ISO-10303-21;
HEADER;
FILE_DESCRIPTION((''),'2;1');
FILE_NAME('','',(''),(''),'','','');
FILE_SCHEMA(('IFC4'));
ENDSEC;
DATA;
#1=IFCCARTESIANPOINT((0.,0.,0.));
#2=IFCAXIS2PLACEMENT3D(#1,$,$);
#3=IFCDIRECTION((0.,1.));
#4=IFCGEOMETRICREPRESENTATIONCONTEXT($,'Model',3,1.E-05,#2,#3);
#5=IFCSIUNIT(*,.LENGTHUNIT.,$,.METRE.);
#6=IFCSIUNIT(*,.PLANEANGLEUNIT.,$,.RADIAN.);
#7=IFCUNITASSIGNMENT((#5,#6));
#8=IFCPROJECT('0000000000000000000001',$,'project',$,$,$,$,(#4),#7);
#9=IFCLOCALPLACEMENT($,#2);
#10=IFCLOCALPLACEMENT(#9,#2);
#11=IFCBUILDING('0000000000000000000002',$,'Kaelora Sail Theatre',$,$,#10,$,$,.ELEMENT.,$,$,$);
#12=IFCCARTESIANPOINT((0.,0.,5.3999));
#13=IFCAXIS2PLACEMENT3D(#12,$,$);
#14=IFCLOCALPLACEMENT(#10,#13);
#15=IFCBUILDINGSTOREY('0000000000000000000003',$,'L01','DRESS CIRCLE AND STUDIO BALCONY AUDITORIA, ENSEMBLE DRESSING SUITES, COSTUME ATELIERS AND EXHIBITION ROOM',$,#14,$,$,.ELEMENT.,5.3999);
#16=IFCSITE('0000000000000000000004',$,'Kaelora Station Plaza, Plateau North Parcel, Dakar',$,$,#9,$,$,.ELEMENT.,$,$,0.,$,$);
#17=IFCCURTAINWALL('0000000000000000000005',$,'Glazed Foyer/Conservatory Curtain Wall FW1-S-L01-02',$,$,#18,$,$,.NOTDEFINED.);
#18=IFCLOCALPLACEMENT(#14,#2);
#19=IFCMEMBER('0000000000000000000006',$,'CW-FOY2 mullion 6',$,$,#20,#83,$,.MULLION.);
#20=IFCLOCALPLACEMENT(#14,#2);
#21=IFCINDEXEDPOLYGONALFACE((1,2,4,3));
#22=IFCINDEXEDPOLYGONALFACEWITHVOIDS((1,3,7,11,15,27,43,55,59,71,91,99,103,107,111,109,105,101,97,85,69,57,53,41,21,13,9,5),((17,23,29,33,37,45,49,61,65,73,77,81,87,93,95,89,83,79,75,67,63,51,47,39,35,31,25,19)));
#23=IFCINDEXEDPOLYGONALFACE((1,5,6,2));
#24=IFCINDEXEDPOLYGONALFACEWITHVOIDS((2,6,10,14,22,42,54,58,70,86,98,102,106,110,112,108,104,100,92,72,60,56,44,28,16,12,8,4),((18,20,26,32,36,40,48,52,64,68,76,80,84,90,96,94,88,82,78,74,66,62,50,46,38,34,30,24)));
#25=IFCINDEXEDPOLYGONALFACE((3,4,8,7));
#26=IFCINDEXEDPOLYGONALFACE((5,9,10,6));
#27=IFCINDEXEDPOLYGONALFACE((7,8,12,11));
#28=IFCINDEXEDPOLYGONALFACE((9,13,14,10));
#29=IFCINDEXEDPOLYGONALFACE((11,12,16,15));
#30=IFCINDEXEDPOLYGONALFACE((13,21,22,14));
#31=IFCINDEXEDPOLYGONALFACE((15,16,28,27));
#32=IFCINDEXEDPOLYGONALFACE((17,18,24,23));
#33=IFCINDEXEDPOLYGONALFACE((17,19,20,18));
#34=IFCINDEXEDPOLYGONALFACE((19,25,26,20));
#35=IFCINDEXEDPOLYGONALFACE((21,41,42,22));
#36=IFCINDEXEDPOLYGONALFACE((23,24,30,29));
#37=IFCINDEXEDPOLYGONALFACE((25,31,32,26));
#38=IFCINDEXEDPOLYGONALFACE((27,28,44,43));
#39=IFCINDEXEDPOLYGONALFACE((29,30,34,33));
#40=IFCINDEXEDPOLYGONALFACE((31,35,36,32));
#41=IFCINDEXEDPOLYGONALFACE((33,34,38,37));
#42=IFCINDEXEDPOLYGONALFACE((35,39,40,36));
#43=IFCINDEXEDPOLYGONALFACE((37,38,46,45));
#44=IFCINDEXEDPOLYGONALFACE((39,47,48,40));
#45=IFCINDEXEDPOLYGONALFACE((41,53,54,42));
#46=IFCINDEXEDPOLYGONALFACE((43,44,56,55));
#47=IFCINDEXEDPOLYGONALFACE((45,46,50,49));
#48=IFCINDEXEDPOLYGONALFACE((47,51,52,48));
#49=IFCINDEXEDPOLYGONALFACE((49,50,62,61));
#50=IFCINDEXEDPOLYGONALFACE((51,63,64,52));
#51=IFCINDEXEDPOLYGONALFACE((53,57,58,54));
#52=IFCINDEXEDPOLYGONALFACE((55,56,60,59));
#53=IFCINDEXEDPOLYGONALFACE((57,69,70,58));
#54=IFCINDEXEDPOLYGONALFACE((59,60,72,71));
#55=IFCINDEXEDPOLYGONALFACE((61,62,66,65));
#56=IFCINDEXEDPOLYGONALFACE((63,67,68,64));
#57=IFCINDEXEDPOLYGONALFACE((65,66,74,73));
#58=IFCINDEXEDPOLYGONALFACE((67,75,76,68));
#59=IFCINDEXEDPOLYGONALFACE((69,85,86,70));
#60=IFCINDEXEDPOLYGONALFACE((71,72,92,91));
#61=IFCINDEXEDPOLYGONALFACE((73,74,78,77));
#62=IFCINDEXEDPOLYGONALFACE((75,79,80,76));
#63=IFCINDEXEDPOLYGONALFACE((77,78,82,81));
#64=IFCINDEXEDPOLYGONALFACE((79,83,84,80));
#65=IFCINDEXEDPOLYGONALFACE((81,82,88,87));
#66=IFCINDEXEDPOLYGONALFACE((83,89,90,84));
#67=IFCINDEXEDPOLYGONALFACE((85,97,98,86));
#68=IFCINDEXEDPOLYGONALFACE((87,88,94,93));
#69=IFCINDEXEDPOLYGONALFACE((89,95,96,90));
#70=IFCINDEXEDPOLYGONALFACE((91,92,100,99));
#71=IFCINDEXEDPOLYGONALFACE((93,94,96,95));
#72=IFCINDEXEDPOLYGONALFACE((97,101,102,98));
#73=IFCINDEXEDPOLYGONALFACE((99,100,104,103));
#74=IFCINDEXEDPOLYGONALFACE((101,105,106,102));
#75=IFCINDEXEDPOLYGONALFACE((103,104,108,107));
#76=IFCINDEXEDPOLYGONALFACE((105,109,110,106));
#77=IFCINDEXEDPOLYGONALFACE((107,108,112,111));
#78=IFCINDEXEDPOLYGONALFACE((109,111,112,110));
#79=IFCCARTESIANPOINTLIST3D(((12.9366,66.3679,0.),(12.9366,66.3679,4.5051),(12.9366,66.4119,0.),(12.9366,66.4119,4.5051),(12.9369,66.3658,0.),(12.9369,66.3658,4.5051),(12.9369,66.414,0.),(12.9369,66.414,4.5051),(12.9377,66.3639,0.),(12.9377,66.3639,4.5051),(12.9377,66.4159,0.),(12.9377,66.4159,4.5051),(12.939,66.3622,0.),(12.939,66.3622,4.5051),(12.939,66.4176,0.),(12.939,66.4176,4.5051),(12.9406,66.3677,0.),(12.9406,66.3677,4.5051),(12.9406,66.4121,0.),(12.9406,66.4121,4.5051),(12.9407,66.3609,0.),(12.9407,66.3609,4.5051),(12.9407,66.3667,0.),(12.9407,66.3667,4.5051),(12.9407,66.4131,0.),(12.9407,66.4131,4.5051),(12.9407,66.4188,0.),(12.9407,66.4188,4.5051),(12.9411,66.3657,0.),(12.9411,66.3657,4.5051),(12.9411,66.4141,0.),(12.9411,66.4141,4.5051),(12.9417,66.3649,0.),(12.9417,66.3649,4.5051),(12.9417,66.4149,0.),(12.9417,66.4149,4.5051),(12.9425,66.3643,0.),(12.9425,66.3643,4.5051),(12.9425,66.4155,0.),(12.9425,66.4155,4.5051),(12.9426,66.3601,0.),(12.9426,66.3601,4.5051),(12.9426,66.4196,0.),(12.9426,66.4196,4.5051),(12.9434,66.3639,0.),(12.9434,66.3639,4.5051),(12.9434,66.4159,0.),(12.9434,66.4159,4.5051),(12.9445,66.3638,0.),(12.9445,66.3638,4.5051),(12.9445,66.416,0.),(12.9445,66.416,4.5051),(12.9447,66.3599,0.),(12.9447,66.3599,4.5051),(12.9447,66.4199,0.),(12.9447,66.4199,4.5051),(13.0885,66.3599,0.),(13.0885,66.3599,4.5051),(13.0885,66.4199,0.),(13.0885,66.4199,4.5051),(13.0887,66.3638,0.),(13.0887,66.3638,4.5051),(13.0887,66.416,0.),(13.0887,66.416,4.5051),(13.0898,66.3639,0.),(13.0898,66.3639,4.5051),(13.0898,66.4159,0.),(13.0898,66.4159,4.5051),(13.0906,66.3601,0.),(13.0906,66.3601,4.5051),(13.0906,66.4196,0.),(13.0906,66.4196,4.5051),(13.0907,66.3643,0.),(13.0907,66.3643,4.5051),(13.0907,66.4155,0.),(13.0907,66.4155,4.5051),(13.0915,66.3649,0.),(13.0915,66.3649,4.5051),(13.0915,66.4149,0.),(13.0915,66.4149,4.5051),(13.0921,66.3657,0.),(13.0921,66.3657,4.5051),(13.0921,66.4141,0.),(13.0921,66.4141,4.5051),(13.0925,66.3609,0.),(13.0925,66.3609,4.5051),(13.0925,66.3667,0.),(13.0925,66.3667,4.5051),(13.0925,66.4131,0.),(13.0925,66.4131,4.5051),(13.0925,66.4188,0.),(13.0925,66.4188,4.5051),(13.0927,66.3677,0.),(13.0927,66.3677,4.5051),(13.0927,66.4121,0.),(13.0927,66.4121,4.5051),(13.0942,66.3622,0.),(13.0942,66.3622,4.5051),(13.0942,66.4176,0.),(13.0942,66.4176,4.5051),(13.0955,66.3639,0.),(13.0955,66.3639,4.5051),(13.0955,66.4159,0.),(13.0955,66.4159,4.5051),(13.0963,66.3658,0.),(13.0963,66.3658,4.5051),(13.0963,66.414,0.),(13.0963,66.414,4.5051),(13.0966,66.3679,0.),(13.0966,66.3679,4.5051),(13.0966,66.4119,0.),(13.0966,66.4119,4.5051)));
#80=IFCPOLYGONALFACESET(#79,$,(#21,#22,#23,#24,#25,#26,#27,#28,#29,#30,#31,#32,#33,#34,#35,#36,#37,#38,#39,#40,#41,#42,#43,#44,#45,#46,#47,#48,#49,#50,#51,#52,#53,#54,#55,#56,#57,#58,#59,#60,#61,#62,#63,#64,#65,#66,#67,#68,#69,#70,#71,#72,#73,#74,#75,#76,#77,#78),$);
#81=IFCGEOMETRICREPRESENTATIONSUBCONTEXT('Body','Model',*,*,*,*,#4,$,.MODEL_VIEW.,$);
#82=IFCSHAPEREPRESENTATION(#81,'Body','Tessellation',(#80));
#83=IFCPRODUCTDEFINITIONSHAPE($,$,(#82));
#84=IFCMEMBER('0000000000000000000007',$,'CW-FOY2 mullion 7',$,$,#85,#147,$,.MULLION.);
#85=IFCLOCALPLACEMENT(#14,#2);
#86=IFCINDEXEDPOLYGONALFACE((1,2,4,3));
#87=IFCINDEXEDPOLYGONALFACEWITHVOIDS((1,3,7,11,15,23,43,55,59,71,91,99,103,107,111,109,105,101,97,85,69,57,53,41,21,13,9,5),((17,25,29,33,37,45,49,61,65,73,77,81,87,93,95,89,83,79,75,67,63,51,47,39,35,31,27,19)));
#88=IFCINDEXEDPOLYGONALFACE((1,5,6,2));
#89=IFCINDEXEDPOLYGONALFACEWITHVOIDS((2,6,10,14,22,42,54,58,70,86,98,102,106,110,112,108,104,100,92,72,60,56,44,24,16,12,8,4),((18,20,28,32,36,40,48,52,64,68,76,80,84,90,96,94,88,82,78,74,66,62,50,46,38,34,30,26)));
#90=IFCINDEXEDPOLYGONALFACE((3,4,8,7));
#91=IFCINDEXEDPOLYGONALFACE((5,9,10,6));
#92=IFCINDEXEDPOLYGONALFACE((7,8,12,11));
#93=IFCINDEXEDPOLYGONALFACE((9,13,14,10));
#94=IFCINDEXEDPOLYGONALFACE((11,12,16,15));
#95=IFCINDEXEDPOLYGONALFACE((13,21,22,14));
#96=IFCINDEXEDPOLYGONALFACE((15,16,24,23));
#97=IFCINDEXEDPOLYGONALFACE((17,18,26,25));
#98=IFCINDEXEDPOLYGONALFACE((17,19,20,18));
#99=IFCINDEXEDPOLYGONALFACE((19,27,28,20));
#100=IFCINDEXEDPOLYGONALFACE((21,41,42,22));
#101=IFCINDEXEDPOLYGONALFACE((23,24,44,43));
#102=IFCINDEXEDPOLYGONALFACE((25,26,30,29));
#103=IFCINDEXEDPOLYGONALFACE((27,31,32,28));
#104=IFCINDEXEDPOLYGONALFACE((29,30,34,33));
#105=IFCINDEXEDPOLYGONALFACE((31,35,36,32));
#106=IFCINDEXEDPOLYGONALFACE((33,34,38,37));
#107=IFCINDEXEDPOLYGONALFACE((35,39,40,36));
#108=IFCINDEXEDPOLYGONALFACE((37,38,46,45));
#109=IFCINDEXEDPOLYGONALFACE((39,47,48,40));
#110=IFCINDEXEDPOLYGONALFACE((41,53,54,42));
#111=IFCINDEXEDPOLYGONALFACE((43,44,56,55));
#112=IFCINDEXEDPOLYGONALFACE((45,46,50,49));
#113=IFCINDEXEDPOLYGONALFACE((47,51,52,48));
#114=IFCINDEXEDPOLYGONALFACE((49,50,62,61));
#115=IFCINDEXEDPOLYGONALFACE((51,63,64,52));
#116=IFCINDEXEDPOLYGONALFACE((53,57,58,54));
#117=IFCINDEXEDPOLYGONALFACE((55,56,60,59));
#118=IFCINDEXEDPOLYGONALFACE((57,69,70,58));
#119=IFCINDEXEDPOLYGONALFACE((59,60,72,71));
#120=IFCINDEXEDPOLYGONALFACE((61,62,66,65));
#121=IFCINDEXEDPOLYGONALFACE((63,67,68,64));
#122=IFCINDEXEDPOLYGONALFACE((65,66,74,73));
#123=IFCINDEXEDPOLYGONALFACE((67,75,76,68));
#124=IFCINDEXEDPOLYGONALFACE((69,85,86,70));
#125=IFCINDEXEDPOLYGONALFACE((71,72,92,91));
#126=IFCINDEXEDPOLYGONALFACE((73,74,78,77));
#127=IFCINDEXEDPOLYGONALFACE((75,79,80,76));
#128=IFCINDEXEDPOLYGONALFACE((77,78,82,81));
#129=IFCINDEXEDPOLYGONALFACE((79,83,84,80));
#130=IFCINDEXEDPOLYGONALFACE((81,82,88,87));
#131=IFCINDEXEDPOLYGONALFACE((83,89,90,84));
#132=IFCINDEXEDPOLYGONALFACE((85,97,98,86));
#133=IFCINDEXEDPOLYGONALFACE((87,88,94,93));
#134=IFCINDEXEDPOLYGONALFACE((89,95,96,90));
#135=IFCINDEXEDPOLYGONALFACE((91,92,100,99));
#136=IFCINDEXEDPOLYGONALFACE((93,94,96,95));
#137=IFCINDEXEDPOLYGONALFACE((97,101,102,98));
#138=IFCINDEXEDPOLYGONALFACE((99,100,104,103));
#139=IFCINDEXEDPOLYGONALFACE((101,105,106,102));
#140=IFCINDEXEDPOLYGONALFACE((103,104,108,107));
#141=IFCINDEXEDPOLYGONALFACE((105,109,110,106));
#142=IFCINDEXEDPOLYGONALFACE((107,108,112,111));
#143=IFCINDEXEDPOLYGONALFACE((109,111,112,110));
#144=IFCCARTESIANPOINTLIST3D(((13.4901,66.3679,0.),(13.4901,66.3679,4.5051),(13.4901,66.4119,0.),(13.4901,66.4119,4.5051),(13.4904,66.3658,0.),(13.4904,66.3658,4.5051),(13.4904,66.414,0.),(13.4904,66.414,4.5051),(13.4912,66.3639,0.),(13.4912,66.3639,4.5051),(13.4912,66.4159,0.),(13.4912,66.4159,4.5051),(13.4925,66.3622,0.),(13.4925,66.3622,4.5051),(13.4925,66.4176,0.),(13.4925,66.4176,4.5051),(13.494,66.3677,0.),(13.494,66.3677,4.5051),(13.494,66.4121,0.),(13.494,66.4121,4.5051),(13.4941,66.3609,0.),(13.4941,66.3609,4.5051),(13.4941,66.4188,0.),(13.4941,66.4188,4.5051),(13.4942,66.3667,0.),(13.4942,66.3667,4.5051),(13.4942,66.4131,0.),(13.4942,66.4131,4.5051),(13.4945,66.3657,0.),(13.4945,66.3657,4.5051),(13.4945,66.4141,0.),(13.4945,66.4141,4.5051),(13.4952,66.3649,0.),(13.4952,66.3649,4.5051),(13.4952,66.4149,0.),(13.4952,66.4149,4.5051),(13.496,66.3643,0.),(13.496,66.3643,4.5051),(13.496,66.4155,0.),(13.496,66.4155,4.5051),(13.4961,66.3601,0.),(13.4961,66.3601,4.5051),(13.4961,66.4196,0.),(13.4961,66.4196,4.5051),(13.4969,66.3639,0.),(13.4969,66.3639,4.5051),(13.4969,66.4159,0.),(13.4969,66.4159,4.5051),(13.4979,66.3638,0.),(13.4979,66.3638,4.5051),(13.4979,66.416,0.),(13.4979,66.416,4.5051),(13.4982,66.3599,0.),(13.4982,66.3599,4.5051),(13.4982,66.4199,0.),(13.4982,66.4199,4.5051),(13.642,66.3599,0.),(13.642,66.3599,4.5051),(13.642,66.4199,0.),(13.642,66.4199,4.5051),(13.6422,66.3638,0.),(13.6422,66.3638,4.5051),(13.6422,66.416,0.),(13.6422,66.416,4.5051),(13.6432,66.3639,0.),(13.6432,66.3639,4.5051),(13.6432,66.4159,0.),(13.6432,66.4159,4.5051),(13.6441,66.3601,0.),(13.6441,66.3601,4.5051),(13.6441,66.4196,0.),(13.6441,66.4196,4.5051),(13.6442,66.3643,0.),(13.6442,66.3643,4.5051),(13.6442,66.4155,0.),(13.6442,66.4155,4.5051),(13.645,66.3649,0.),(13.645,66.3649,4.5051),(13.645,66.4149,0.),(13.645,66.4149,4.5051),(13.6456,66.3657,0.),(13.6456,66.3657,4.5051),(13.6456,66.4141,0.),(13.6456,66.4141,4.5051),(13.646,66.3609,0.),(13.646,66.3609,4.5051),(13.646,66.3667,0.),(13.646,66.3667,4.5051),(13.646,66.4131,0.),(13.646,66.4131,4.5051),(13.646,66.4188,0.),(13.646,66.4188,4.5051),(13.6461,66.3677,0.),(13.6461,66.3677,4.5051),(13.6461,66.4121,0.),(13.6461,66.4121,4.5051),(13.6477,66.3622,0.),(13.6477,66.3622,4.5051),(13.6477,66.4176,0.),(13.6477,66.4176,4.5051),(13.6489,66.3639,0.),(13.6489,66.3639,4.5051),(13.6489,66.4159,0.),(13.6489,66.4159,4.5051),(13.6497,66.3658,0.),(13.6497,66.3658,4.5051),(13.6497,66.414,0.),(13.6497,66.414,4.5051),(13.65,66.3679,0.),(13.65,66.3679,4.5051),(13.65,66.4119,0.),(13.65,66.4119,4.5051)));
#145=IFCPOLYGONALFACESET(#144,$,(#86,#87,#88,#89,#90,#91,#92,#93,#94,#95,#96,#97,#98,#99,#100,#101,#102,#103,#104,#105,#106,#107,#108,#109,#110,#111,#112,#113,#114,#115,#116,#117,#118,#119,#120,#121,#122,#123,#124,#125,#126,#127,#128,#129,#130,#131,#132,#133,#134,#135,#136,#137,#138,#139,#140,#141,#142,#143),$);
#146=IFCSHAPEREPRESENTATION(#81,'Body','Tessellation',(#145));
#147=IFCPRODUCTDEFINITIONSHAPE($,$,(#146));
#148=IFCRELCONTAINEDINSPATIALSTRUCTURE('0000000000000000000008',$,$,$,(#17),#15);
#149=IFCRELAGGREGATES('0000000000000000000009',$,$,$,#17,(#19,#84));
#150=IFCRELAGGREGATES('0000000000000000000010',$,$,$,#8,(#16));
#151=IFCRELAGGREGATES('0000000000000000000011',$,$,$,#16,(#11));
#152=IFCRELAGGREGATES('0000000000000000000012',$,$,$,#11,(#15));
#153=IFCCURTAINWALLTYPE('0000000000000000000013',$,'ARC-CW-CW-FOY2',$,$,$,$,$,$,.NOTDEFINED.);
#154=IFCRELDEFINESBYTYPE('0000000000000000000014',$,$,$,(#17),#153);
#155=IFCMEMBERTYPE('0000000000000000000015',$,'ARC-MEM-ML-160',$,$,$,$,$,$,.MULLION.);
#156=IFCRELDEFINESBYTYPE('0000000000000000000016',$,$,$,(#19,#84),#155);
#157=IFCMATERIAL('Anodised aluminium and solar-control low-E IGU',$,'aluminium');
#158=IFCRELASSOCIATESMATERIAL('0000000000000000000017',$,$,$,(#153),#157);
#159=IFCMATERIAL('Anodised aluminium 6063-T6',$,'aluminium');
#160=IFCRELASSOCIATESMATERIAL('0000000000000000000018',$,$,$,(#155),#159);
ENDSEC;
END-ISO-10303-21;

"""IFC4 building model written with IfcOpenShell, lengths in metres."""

from ifc_helpers import new_model, si_unit, direction, frame, origin, origin_2d, place, context, subcontext, project, spatial, hollow_rectangle, extrude, material, material_profile, profile_set, type_object, element, aggregate, save


model = new_model("IFC4")

# Units and contexts
model_context = context("Model", 3, precision=1e-05, world=origin(), true_north=direction((0.0, 1.0)))
body_context = subcontext(model_context, "Body", "Model", "MODEL_VIEW")
ifc_project = project(units=[si_unit("LENGTHUNIT", "METRE"), si_unit("PLANEANGLEUNIT", "RADIAN")], contexts=[model_context])

# Site, building, storey
site_placement = place(None, origin())
site = spatial("IfcSite", under=ifc_project, at=site_placement, Name="Kaelora Station Plaza, Plateau North Parcel, Dakar", CompositionType="ELEMENT", RefElevation=0.0)
building_placement = place(site_placement, origin())
building = spatial("IfcBuilding", under=site, at=building_placement, Name="Kaelora Sail Theatre", CompositionType="ELEMENT")
storey_placement = place(building_placement, frame((0.0, 0.0, 5.3999)))
storey = spatial("IfcBuildingStorey", under=building, at=storey_placement, Name="L01", Description="DRESS CIRCLE AND STUDIO BALCONY AUDITORIA, ENSEMBLE DRESSING SUITES, COSTUME ATELIERS AND EXHIBITION ROOM", CompositionType="ELEMENT", Elevation=5.3999)

# Curtain wall, members
ifc_material_1 = material(Name="Anodised aluminium and solar-control low-E IGU", Category="aluminium")
curtain_wall_type = type_object("IfcCurtainWallType", Name="ARC-CW-CW-FOY2", PredefinedType="NOTDEFINED", material=ifc_material_1)
curtain_wall_1_placement = place(storey_placement, origin())
curtain_wall_1 = element("IfcCurtainWall", 1, at=curtain_wall_1_placement, inside=storey, type_object=curtain_wall_type, Name="Glazed Foyer/Conservatory Curtain Wall FW1-S-L01-02", PredefinedType="NOTDEFINED")
ifc_material_2 = material(Name="Anodised aluminium 6063-T6", Category="aluminium")
ifc_material_profile_1 = material_profile(ifc_material_2, hollow_rectangle(XDim=0.0601, YDim=0.1599, WallThickness=0.0039, InnerFilletRadius=0.0039, OuterFilletRadius=0.0081, at=origin_2d()), Name="ALU-MULL 60x160x4")
ifc_profile_set_1 = profile_set([ifc_material_profile_1], Name="Anodised aluminium 6063-T6")
member_type_1 = type_object("IfcMemberType", Name="ARC-MEM-ML-160", PredefinedType="MULLION", material=ifc_profile_set_1)
member_1_placement = place(storey_placement, frame((13.0166, 66.3899, 0.0), z_axis=(0.0, 0.0, 1.0), x_axis=(0.0, 1.0, 0.0)))
member_1 = element("IfcMember", 2, at=member_1_placement, type_object=member_type_1, Name="CW-FOY2 mullion 6", PredefinedType="MULLION", context=body_context, shape_type="SweptSolid", body=[
    extrude(hollow_rectangle(XDim=0.0601, YDim=0.1599, WallThickness=0.0039, InnerFilletRadius=0.0039, OuterFilletRadius=0.0081, at=origin_2d()), origin(), (0.0, 0.0, 1.0), 4.5051),
])
member_2_placement = place(storey_placement, frame((13.5701, 66.3899, 0.0), z_axis=(0.0, 0.0, 1.0), x_axis=(0.0, 1.0, 0.0)))
member_2 = element("IfcMember", 3, at=member_2_placement, type_object=member_type_1, Name="CW-FOY2 mullion 7", PredefinedType="MULLION", context=body_context, shape_type="SweptSolid", body=[
    extrude(hollow_rectangle(XDim=0.0601, YDim=0.1599, WallThickness=0.0039, InnerFilletRadius=0.0039, OuterFilletRadius=0.0081, at=origin_2d()), origin(), (0.0, 0.0, 1.0), 4.5051),
])

aggregate(curtain_wall_1, [member_1, member_2])

save(model, "model.ifc")
